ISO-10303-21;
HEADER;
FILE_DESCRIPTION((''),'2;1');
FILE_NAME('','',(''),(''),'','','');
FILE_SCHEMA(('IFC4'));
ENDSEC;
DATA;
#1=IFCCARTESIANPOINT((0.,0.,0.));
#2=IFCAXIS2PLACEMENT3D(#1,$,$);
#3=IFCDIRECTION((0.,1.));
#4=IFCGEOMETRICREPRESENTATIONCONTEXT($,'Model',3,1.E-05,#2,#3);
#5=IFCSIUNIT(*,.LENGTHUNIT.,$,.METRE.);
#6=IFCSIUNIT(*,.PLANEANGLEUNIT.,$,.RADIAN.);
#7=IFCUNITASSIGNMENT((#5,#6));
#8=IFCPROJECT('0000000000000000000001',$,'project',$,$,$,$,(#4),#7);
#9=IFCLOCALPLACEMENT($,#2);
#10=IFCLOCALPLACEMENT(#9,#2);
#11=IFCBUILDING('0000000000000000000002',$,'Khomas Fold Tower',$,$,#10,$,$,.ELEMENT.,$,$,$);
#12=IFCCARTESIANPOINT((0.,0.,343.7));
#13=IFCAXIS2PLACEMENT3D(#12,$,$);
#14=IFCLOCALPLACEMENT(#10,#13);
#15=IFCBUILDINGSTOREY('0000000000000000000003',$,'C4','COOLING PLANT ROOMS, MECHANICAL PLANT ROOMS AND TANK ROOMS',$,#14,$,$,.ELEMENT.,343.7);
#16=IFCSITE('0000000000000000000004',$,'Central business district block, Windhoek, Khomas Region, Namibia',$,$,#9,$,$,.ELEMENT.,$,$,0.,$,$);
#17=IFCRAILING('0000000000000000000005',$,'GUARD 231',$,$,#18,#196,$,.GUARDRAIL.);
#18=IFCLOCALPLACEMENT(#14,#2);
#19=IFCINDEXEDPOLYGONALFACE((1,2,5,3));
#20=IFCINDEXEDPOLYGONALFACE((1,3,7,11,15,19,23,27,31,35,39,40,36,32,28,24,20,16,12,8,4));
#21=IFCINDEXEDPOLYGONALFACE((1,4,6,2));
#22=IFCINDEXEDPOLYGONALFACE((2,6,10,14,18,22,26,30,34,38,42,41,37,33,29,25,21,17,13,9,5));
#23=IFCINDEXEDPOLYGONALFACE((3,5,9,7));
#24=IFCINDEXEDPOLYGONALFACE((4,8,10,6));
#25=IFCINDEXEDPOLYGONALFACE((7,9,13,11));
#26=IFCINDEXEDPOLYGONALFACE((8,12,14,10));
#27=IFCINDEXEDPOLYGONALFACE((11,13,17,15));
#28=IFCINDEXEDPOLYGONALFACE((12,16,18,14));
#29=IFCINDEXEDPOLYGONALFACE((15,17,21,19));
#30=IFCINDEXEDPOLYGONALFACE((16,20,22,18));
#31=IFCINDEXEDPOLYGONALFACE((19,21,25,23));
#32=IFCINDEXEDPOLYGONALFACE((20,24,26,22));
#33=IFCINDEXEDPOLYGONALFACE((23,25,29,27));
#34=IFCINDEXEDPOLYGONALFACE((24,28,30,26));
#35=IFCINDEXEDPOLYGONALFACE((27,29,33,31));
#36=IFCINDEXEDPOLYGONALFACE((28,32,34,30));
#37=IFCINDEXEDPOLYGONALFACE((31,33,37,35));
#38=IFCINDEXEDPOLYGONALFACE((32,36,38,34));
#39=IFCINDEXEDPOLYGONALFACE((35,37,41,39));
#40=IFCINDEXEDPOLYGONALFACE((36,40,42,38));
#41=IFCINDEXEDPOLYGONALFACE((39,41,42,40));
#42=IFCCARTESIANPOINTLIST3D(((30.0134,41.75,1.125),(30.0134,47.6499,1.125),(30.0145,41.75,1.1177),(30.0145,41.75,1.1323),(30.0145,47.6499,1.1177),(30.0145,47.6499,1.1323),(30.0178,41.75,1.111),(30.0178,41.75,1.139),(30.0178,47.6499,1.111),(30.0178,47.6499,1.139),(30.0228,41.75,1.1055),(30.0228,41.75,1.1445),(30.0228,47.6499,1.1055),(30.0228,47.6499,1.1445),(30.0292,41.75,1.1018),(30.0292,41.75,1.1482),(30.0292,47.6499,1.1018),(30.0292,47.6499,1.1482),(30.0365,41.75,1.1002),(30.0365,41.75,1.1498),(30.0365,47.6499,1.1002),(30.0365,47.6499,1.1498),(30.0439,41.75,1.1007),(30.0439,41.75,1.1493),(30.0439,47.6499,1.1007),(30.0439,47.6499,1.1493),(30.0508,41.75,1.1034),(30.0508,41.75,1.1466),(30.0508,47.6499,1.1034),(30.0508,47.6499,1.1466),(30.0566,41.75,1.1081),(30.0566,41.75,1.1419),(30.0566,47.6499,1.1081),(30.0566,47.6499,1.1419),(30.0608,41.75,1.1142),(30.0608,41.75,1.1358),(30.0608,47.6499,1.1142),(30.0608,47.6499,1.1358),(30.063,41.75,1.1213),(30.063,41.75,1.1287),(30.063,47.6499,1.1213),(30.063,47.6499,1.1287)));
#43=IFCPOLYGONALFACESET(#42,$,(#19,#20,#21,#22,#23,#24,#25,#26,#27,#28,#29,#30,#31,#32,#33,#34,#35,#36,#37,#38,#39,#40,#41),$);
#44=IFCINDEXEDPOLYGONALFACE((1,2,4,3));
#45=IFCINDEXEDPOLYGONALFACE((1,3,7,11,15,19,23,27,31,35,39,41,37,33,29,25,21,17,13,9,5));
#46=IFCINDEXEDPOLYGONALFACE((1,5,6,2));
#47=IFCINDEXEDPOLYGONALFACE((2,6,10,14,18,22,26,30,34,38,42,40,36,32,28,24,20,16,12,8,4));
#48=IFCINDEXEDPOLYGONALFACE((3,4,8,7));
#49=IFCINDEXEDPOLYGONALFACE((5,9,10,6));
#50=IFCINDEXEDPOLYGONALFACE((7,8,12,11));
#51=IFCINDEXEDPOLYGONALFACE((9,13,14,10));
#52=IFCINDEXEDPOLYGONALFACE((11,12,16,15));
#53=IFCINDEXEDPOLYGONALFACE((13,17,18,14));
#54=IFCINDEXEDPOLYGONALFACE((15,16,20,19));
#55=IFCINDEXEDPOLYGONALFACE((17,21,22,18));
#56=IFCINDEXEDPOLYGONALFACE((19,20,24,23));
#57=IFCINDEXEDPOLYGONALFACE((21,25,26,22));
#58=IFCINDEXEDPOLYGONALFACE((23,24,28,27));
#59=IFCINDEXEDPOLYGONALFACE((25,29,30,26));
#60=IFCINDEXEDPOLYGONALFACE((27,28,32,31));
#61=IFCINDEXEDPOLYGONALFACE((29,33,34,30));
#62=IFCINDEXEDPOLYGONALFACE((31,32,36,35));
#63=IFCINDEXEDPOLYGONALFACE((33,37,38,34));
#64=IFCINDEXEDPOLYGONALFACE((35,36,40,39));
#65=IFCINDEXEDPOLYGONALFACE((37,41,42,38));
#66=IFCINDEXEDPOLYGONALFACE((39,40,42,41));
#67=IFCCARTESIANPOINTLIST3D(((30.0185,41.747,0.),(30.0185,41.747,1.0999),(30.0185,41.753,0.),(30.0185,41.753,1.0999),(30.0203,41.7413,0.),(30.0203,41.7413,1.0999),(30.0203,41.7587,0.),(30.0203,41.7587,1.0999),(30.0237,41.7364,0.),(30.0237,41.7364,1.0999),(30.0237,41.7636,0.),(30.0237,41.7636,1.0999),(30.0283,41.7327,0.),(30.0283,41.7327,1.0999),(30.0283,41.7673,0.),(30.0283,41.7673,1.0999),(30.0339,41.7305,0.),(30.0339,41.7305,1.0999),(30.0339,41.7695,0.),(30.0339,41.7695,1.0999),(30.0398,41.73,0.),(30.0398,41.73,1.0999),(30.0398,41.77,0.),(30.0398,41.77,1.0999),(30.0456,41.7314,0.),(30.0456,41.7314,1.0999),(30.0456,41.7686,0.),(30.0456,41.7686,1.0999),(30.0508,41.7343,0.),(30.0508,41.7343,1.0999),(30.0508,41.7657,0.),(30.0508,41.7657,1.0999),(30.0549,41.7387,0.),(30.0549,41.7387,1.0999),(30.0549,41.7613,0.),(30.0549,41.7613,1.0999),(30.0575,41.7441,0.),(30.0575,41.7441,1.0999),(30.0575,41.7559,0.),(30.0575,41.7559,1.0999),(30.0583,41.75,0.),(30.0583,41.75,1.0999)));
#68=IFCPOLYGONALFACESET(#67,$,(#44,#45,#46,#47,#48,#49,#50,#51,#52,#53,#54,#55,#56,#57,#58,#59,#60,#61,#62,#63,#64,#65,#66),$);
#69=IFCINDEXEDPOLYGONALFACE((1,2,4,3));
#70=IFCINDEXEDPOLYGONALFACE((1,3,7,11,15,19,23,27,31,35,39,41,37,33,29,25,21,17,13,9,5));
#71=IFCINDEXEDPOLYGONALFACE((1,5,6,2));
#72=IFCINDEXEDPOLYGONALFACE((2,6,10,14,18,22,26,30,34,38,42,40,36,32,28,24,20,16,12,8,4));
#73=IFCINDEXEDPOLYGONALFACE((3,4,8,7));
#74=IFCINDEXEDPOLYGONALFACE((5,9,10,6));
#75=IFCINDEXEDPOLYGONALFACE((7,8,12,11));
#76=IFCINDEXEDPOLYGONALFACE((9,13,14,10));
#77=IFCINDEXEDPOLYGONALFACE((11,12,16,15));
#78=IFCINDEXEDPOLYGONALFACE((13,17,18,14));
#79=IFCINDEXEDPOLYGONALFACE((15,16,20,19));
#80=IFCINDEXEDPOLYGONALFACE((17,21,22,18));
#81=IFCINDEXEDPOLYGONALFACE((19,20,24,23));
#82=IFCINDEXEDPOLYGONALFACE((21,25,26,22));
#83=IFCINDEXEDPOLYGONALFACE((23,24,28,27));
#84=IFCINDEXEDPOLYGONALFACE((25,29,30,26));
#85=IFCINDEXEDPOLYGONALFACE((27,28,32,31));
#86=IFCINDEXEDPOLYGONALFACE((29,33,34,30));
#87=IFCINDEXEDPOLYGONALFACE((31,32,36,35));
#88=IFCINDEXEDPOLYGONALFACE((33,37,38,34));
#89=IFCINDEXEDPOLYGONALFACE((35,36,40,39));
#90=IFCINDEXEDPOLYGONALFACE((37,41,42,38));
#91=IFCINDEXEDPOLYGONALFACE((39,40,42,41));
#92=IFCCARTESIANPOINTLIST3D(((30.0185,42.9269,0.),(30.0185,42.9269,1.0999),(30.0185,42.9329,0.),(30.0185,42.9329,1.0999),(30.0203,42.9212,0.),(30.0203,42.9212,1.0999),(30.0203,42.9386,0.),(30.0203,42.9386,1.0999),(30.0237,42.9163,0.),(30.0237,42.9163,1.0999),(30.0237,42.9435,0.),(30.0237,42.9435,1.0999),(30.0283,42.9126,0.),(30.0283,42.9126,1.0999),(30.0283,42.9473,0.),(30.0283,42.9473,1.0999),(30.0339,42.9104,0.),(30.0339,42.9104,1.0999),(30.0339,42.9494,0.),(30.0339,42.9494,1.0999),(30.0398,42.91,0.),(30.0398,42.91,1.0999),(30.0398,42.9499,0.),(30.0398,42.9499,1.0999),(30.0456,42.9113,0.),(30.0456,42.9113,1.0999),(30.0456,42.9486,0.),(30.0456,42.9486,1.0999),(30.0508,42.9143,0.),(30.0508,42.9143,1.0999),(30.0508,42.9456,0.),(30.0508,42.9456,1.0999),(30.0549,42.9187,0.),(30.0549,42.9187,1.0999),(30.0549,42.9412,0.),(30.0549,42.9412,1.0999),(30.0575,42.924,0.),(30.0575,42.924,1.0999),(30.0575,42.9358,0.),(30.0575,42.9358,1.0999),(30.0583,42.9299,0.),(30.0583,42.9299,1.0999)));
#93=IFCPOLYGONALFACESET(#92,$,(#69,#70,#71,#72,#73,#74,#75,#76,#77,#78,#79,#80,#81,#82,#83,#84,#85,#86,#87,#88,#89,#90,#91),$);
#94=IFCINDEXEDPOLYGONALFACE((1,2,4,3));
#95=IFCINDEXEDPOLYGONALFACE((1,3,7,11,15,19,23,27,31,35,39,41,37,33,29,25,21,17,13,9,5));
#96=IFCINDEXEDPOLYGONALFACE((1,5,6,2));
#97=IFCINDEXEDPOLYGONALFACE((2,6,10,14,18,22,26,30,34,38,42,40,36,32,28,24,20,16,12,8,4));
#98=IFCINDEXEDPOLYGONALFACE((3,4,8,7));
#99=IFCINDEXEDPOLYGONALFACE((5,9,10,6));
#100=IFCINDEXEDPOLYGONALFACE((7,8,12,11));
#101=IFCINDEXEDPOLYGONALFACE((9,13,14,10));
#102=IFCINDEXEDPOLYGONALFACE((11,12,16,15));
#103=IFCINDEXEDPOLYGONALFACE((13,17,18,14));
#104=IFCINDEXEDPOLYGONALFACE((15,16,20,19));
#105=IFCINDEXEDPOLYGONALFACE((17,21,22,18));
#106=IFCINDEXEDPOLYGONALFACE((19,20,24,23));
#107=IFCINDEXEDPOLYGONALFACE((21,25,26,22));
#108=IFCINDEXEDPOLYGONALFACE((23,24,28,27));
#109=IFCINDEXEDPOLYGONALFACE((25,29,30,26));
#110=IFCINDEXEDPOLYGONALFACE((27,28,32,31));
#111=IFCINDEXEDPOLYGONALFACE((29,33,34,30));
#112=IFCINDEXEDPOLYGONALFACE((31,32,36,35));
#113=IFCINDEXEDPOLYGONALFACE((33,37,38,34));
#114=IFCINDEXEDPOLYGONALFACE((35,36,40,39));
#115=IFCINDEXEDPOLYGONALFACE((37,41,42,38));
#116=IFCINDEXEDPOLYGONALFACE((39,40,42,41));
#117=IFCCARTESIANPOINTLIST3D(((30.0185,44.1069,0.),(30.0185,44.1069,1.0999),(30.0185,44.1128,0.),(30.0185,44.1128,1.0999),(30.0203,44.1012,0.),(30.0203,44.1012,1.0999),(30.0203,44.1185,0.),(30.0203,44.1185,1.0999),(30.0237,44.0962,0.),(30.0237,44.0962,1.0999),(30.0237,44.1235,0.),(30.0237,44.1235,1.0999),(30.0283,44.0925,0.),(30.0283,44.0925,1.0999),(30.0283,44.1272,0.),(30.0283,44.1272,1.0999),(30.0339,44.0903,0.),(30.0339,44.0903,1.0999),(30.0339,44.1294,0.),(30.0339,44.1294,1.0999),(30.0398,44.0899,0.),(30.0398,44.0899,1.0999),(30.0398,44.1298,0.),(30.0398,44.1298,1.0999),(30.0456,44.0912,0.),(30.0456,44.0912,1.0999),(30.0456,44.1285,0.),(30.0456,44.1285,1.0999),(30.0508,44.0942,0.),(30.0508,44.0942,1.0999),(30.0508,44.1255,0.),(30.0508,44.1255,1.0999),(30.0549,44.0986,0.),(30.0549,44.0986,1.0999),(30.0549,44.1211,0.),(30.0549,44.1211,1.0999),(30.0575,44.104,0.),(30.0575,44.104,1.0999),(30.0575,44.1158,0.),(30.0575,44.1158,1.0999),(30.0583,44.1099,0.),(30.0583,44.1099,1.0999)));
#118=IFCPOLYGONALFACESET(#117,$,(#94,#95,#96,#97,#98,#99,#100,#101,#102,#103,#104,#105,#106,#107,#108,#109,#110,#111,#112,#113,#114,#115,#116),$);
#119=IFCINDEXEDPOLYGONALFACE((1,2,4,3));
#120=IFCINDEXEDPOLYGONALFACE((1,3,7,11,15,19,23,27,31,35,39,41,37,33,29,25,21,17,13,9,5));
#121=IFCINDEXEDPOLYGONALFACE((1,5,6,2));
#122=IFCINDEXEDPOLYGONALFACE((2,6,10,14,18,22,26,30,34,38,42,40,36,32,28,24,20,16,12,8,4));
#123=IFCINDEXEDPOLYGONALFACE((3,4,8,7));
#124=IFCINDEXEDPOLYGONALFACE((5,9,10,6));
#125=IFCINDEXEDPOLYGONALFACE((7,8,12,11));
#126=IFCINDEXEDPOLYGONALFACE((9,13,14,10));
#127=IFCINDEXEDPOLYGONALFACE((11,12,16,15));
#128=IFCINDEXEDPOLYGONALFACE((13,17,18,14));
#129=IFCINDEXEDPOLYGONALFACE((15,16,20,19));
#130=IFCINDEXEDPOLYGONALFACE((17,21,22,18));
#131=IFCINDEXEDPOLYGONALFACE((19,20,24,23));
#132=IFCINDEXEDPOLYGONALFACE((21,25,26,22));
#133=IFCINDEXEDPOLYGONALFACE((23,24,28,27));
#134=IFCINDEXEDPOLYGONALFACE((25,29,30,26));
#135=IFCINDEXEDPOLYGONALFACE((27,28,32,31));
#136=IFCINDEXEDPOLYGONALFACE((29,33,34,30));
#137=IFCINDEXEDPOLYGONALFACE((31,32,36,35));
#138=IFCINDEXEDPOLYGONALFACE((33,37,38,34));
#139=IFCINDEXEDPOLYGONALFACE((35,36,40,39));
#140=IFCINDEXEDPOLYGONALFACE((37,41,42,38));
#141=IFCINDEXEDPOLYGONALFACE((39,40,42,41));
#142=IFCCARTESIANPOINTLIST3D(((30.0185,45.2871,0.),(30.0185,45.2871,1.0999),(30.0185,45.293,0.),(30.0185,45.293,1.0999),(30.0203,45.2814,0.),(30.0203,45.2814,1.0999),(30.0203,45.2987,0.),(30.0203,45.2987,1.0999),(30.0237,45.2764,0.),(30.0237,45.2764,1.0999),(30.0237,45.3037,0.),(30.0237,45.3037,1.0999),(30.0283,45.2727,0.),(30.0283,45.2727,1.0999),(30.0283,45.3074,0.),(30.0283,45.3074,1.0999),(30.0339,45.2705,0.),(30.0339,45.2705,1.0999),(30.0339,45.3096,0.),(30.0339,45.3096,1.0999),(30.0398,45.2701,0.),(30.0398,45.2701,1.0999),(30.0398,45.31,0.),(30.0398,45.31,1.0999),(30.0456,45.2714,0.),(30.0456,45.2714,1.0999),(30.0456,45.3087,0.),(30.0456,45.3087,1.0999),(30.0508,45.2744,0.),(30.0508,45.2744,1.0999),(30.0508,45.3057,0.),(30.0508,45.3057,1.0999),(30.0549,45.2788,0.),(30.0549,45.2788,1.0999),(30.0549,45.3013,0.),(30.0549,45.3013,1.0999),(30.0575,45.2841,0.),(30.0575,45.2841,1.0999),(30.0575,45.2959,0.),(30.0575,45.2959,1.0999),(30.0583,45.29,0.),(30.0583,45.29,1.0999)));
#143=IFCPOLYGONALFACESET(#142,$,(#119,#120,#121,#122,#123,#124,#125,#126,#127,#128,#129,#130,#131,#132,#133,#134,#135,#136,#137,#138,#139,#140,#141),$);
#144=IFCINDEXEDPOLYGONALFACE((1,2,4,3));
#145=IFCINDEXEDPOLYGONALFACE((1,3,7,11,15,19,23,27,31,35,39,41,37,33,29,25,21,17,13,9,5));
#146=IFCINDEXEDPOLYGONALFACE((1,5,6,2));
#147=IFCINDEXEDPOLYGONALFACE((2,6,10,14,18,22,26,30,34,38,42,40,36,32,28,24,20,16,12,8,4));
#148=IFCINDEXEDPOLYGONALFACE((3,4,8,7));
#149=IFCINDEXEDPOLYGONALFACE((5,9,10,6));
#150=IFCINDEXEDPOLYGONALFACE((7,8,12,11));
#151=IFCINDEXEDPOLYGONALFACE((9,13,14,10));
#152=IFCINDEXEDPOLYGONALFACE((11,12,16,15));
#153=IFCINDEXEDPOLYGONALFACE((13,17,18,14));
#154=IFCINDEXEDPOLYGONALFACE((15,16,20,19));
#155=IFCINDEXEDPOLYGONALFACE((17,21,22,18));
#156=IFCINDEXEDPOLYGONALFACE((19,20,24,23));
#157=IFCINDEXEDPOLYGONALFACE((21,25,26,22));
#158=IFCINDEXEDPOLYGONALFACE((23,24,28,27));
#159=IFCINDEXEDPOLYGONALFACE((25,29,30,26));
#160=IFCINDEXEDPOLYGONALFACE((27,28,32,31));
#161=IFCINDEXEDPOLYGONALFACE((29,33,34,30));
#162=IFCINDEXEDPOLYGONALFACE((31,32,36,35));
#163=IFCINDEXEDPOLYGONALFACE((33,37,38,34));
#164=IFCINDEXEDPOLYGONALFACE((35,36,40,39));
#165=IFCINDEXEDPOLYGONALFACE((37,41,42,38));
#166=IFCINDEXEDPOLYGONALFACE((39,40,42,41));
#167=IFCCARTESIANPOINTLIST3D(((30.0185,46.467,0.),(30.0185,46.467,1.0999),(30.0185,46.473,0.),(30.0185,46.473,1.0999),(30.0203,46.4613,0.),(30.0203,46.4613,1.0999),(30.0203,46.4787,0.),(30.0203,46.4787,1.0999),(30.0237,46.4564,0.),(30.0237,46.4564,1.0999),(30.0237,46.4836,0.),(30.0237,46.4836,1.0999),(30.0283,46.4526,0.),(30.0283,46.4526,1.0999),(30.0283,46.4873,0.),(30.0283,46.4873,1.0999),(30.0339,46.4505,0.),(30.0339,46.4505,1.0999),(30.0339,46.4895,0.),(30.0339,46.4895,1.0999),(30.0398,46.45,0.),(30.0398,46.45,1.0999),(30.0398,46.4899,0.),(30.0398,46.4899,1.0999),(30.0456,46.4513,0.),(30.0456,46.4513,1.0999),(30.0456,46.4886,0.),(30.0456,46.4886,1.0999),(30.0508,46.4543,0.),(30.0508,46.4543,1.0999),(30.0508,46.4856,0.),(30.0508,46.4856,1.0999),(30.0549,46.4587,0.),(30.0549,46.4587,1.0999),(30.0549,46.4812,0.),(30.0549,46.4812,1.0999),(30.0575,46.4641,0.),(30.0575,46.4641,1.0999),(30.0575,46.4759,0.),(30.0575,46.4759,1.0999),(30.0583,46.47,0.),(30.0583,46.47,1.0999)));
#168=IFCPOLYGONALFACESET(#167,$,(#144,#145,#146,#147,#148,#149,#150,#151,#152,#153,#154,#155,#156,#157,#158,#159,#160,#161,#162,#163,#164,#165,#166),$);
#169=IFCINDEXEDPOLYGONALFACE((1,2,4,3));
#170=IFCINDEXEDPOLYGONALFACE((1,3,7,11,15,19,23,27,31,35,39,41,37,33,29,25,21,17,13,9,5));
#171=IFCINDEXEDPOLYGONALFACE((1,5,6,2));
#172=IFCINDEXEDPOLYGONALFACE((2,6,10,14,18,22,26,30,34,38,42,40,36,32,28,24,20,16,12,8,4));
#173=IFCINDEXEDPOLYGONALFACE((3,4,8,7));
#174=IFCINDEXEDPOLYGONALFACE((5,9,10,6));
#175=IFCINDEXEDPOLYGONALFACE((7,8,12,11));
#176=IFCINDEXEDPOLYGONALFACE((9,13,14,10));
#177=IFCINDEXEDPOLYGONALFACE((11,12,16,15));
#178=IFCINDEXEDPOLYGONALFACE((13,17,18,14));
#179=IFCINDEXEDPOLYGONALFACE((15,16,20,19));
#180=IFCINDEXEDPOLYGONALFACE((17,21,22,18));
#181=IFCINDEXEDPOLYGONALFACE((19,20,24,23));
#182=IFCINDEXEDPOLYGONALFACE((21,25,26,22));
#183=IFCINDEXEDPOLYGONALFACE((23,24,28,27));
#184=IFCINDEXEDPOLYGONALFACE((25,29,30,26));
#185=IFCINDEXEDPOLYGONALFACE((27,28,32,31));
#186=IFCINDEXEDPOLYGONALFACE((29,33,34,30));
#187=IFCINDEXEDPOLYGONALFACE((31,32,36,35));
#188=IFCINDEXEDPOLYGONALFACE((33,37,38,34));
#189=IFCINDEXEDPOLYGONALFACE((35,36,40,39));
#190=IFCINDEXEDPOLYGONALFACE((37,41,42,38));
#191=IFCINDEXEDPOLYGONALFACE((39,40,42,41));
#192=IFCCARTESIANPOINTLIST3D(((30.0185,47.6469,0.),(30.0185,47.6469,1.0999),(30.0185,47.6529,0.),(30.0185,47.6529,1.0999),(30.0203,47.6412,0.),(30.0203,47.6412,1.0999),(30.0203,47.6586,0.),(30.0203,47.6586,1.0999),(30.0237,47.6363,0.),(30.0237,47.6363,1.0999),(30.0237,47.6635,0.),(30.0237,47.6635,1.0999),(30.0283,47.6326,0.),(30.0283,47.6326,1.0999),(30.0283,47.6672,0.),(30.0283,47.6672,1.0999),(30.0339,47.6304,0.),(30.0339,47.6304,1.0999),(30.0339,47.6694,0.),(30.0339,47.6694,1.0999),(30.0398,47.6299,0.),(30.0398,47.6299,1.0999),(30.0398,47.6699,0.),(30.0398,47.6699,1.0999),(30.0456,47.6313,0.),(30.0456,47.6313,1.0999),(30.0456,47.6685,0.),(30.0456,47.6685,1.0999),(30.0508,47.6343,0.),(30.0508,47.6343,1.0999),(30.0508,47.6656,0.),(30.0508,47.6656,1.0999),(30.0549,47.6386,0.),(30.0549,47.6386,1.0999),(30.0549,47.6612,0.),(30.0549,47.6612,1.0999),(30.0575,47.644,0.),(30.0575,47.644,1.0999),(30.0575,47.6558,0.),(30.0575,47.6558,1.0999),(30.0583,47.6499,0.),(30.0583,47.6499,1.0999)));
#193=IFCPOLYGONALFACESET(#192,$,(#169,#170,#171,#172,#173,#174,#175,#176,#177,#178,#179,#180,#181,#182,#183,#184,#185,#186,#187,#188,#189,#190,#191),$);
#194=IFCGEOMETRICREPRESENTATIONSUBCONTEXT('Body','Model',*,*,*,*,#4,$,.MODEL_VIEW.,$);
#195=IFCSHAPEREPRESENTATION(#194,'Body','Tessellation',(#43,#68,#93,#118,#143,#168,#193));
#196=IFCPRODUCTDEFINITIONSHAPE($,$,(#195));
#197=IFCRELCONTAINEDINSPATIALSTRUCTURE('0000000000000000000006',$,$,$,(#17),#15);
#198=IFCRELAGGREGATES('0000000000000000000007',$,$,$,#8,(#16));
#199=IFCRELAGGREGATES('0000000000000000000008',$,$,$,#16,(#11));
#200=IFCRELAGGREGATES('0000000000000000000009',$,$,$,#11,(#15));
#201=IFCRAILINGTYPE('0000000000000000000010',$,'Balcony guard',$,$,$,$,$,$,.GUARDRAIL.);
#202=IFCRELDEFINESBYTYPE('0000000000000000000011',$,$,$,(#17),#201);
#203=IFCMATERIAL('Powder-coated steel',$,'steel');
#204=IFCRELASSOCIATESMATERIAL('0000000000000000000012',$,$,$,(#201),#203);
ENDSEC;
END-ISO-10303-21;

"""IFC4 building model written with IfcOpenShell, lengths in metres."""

from ifc_helpers import new_model, si_unit, direction, frame, origin, origin_2d, place, context, subcontext, project, spatial, circle, extrude, source, transform, mapped, material, type_object, element, save


model = new_model("IFC4")

# Units and contexts
model_context = context("Model", 3, precision=1e-05, world=origin(), true_north=direction((0.0, 1.0)))
body_context = subcontext(model_context, "Body", "Model", "MODEL_VIEW")
ifc_project = project(units=[si_unit("LENGTHUNIT", "METRE"), si_unit("PLANEANGLEUNIT", "RADIAN")], contexts=[model_context])

# Site, building, storey
site_placement = place(None, origin())
site = spatial("IfcSite", under=ifc_project, at=site_placement, Name="Central business district block, Windhoek, Khomas Region, Namibia", CompositionType="ELEMENT", RefElevation=0.0)
building_placement = place(site_placement, origin())
building = spatial("IfcBuilding", under=site, at=building_placement, Name="Khomas Fold Tower", CompositionType="ELEMENT")
storey_placement = place(building_placement, frame((0.0, 0.0, 343.7)))
storey = spatial("IfcBuildingStorey", under=building, at=storey_placement, Name="C4", Description="COOLING PLANT ROOMS, MECHANICAL PLANT ROOMS AND TANK ROOMS", CompositionType="ELEMENT", Elevation=343.7)

# Railing
ifc_material_1 = material(Name="Powder-coated steel", Category="steel")
railing_type_1 = type_object("IfcRailingType", Name="Balcony guard", PredefinedType="GUARDRAIL", material=ifc_material_1)
shared_shape_1 = source(origin(), body_context, "Body", "SweptSolid", [
    extrude(circle(Radius=0.0249, at=origin_2d()), frame((0.0, 0.0, 1.125), z_axis=(0.0, 1.0, 0.0), x_axis=(-1.0, 0.0, 0.0)), (0.0, 0.0, 1.0), 5.8999),
    extrude(circle(Radius=0.02, at=origin_2d()), origin(), (0.0, 0.0, 1.0), 1.0999),
    extrude(circle(Radius=0.02, at=origin_2d()), frame((0.0, 1.1799, 0.0)), (0.0, 0.0, 1.0), 1.0999),
    extrude(circle(Radius=0.02, at=origin_2d()), frame((0.0, 2.3599, 0.0)), (0.0, 0.0, 1.0), 1.0999),
    extrude(circle(Radius=0.02, at=origin_2d()), frame((0.0, 3.54, 0.0)), (0.0, 0.0, 1.0), 1.0999),
    extrude(circle(Radius=0.02, at=origin_2d()), frame((0.0, 4.72, 0.0)), (0.0, 0.0, 1.0), 1.0999),
    extrude(circle(Radius=0.02, at=origin_2d()), frame((0.0, 5.8999, 0.0)), (0.0, 0.0, 1.0), 1.0999),
])
for number, where, name in (
    (1, (30.0383, 41.75, 0.0), "GUARD 231"),
):
    element("IfcRailing", number, at=place(storey_placement, frame(where)), inside=storey, type_object=railing_type_1, Name=name, PredefinedType="GUARDRAIL", context=body_context, shape_type="MappedRepresentation", body=[
        mapped(shared_shape_1, transform((0.0, 0.0, 0.0))),
    ])

save(model, "model.ifc")
